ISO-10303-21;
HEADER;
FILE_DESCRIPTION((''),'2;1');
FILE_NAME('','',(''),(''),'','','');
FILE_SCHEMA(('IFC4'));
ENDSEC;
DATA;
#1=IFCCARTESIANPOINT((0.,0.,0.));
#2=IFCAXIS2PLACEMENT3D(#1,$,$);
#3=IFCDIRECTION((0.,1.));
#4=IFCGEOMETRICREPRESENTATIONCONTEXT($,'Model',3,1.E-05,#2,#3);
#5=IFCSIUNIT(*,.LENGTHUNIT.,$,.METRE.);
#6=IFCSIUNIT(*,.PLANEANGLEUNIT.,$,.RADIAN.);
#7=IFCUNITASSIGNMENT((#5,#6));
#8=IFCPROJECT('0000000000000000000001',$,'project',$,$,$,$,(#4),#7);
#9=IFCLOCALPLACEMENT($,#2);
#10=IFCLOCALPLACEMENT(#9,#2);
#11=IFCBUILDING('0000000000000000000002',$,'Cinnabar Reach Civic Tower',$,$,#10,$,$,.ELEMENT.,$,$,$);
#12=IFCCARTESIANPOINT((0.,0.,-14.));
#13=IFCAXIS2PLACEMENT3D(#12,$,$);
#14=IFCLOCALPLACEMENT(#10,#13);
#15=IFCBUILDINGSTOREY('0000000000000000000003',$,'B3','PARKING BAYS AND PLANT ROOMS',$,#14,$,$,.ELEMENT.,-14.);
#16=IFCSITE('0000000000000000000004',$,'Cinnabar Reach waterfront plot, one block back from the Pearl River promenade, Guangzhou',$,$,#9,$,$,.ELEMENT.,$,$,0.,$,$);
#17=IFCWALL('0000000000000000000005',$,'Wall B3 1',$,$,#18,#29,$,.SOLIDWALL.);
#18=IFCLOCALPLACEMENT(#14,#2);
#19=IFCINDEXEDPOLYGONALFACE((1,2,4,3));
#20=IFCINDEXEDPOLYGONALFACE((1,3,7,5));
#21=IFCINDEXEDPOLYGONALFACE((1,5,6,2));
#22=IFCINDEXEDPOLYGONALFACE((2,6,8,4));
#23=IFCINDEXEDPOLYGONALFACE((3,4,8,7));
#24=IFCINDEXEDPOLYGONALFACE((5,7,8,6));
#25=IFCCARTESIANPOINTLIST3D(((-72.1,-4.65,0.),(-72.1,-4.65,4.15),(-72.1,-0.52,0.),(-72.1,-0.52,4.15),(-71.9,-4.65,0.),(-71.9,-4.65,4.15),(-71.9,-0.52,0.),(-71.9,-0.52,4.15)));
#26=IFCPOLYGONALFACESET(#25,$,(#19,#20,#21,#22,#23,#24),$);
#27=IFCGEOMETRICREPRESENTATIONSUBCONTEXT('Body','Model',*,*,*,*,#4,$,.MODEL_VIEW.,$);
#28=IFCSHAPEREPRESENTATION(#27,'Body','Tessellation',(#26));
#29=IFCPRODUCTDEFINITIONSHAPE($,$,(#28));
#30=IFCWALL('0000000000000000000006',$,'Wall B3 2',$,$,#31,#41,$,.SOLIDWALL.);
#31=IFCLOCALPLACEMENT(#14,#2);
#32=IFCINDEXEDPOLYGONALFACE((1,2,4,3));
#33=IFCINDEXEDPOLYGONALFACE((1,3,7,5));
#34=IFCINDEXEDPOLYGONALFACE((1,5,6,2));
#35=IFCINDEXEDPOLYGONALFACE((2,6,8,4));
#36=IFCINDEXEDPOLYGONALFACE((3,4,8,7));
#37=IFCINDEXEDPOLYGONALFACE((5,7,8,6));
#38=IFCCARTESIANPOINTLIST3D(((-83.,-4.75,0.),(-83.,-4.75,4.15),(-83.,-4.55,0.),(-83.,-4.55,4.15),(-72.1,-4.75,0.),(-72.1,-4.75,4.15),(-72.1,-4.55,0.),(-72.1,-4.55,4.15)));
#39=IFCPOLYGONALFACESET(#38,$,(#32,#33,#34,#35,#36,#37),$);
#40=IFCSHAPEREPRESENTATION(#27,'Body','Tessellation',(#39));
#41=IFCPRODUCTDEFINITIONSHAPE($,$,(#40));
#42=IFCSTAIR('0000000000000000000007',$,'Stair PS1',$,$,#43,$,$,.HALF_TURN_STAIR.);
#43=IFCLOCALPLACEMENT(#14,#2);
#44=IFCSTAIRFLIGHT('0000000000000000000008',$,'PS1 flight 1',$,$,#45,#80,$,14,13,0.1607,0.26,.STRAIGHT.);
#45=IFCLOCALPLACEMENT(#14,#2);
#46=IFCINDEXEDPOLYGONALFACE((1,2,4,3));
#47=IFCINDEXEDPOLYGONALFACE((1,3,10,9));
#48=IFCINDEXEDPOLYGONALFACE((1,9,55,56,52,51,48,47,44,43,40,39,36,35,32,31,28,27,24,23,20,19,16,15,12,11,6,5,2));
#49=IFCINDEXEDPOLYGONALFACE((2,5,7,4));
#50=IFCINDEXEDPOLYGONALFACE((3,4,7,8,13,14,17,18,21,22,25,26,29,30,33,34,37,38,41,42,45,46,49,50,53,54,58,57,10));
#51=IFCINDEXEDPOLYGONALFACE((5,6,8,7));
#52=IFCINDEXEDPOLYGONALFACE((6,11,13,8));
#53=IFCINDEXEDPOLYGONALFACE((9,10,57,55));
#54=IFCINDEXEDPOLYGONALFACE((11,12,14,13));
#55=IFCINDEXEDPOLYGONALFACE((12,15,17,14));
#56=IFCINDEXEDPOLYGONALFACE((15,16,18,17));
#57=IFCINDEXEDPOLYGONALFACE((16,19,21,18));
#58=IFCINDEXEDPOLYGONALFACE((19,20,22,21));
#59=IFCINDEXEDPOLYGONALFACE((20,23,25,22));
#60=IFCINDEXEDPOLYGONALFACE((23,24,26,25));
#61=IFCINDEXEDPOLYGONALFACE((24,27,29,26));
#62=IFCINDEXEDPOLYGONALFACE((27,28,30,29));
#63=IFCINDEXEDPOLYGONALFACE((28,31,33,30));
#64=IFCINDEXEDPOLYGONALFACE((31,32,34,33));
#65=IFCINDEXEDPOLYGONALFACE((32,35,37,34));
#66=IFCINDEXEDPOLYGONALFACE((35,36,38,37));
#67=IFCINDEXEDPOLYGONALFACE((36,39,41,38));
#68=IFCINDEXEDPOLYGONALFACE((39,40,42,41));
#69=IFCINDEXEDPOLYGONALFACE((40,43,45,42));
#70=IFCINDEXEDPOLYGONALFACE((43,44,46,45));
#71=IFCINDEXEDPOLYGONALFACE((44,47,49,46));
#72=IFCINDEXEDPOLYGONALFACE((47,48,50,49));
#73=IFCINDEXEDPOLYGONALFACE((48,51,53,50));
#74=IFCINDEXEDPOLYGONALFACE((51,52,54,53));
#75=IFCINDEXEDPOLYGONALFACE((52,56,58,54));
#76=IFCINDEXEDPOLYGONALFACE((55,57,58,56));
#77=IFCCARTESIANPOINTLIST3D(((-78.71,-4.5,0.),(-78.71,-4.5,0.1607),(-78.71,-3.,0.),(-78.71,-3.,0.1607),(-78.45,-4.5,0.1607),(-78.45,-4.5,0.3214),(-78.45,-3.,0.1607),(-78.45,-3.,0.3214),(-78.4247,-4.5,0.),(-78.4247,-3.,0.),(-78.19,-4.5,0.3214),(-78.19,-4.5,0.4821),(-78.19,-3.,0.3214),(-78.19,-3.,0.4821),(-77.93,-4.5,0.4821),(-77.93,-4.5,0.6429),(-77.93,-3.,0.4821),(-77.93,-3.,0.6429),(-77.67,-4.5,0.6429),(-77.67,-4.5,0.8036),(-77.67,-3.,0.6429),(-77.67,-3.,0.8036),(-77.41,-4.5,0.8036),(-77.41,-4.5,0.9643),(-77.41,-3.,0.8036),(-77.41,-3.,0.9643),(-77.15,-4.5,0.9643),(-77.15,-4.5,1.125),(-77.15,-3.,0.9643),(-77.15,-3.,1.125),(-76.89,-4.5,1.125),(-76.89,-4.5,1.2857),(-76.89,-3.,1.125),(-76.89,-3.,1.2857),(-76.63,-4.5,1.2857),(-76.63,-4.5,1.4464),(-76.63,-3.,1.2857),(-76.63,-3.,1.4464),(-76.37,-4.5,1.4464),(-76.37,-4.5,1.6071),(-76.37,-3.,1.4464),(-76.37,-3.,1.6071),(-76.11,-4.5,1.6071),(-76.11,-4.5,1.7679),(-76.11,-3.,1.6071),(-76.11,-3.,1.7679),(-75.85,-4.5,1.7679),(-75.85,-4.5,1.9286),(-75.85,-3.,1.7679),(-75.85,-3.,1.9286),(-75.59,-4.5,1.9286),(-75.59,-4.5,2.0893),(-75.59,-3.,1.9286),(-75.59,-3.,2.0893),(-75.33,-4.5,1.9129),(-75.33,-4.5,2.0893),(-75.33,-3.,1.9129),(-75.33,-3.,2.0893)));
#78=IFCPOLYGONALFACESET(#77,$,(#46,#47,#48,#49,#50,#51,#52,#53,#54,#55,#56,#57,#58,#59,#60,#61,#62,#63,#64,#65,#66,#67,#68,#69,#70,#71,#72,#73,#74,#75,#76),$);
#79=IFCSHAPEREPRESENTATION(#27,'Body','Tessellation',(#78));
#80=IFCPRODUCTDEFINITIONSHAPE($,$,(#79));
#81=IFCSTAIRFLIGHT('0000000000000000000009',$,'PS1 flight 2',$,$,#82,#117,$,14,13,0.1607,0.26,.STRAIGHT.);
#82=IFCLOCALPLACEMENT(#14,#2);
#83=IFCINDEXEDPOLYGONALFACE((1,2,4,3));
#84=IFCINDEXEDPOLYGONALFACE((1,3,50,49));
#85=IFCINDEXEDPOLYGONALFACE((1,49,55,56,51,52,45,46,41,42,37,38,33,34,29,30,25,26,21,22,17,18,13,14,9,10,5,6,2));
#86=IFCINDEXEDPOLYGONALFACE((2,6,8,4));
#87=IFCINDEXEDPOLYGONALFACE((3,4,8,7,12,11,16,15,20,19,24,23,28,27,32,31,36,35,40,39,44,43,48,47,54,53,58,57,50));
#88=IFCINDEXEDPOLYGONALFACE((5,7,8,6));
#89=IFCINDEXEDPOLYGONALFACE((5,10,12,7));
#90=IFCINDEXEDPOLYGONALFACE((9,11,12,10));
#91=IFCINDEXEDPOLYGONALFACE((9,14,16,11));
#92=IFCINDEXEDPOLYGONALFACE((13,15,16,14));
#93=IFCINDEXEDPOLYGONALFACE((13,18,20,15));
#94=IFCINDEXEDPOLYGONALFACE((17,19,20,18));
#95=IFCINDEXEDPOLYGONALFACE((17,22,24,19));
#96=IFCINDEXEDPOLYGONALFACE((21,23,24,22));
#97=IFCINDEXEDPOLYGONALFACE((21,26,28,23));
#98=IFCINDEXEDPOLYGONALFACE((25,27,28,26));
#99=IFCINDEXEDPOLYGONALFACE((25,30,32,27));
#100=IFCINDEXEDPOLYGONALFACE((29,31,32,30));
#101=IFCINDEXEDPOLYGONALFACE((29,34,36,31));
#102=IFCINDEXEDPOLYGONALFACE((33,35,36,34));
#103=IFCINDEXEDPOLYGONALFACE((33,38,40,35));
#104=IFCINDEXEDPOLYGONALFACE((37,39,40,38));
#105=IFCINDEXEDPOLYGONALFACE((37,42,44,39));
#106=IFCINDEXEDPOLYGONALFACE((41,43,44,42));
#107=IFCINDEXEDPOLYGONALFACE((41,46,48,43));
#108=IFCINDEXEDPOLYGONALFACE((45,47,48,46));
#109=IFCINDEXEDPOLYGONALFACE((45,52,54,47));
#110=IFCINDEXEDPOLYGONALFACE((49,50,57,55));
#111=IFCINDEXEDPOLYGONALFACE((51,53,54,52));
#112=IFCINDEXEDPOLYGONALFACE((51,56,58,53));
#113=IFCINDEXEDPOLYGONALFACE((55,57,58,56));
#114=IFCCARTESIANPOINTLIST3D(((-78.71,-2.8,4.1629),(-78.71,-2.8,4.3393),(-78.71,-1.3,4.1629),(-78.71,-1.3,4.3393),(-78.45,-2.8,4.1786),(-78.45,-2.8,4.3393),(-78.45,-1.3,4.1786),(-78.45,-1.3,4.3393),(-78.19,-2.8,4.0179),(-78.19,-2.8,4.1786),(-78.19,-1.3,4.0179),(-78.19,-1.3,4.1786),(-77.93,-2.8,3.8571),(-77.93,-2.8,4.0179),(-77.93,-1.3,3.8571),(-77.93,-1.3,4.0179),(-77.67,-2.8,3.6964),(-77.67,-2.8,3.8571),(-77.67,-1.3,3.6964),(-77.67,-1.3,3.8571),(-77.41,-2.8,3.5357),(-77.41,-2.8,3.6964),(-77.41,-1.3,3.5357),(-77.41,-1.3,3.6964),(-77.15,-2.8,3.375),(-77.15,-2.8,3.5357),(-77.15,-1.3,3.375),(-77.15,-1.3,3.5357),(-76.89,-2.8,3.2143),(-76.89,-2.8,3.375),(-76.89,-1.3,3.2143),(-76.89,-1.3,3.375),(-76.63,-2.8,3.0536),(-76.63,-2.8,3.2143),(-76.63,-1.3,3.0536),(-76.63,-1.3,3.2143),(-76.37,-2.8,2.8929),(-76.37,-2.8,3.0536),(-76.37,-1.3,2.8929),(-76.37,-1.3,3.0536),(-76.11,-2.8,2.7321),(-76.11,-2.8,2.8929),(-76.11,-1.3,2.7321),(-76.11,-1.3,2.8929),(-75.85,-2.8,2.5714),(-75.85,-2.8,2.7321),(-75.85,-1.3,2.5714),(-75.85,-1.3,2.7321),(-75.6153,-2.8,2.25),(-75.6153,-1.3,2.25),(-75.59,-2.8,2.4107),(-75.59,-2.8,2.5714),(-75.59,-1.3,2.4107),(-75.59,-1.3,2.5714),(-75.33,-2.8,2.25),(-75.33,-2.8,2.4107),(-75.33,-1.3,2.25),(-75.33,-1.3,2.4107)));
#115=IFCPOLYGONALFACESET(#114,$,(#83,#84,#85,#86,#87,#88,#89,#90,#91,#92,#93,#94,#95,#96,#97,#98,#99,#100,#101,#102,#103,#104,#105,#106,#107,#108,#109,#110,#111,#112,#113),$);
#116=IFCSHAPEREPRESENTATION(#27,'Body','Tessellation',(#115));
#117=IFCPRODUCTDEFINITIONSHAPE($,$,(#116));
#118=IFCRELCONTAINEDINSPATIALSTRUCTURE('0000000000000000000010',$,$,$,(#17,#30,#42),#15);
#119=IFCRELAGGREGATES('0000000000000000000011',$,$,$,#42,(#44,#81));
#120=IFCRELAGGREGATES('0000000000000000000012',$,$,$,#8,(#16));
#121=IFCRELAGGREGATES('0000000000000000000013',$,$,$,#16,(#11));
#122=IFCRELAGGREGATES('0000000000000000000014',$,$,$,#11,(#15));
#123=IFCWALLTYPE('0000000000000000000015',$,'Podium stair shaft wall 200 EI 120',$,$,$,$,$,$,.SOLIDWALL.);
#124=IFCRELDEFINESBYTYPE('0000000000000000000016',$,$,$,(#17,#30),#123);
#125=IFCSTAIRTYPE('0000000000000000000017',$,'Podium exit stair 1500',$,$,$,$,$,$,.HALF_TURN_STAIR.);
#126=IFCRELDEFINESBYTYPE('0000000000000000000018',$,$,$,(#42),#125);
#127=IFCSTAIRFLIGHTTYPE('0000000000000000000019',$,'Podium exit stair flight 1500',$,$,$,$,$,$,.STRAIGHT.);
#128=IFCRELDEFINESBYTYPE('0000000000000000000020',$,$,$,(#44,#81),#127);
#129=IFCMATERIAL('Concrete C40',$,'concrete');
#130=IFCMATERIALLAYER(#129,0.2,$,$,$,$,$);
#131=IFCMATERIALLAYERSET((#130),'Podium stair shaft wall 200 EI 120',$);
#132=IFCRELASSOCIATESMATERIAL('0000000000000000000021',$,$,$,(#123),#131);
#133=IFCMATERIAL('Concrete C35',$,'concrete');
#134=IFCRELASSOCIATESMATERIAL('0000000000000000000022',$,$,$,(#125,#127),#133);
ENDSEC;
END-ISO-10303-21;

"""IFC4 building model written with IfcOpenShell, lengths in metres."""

from ifc_helpers import new_model, si_unit, direction, frame, frame_2d, origin, place, context, subcontext, project, spatial, polyline, rectangle, outline, extrude, material, layer, layer_set, type_object, element, aggregate, save


model = new_model("IFC4")

# Units and contexts
model_context = context("Model", 3, precision=1e-05, world=origin(), true_north=direction((0.0, 1.0)))
body_context = subcontext(model_context, "Body", "Model", "MODEL_VIEW")
ifc_project = project(units=[si_unit("LENGTHUNIT", "METRE"), si_unit("PLANEANGLEUNIT", "RADIAN")], contexts=[model_context])

# Site, building, storey
site_placement = place(None, origin())
site = spatial("IfcSite", under=ifc_project, at=site_placement, Name="Cinnabar Reach waterfront plot, one block back from the Pearl River promenade, Guangzhou", CompositionType="ELEMENT", RefElevation=0.0)
building_placement = place(site_placement, origin())
building = spatial("IfcBuilding", under=site, at=building_placement, Name="Cinnabar Reach Civic Tower", CompositionType="ELEMENT")
storey_placement = place(building_placement, frame((0.0, 0.0, -14.0)))
storey = spatial("IfcBuildingStorey", under=building, at=storey_placement, Name="B3", Description="PARKING BAYS AND PLANT ROOMS", CompositionType="ELEMENT", Elevation=-14.0)

# Shared definitions
ifc_material_1 = material(Name="Concrete C40", Category="concrete")

# Walls
ifc_layer_1 = layer(ifc_material_1, 0.2)
ifc_layer_set_1 = layer_set([ifc_layer_1], Name="Podium stair shaft wall 200 EI 120")
wall_type_1 = type_object("IfcWallType", Name="Podium stair shaft wall 200 EI 120", PredefinedType="SOLIDWALL", material=ifc_layer_set_1)
wall_1_placement = place(storey_placement, frame((-72.0, -4.65, 0.0), z_axis=(0.0, 0.0, 1.0), x_axis=(0.0, 1.0, 0.0)))
element("IfcWall", 1, at=wall_1_placement, inside=storey, type_object=wall_type_1, Name="Wall B3 1", PredefinedType="SOLIDWALL", context=body_context, shape_type="SweptSolid", body=[
    extrude(rectangle(XDim=4.13, YDim=0.2, at=frame_2d((2.065, 0.0))), origin(), (0.0, 0.0, 1.0), 4.15),
])
wall_2_placement = place(storey_placement, frame((-83.0, -4.65, 0.0), z_axis=(0.0, 0.0, 1.0), x_axis=(1.0, 0.0, 0.0)))
element("IfcWall", 2, at=wall_2_placement, inside=storey, type_object=wall_type_1, Name="Wall B3 2", PredefinedType="SOLIDWALL", context=body_context, shape_type="SweptSolid", body=[
    extrude(rectangle(XDim=10.9, YDim=0.2, at=frame_2d((5.45, 0.0))), origin(), (0.0, 0.0, 1.0), 4.15),
])

# Stair, stair flights
ifc_material_2 = material(Name="Concrete C35", Category="concrete")
stair_type = type_object("IfcStairType", Name="Podium exit stair 1500", PredefinedType="HALF_TURN_STAIR", material=ifc_material_2)
stair_placement = place(storey_placement, origin())
stair = element("IfcStair", 3, at=stair_placement, inside=storey, type_object=stair_type, Name="Stair PS1", PredefinedType="HALF_TURN_STAIR")
stair_flight_type = type_object("IfcStairFlightType", Name="Podium exit stair flight 1500", PredefinedType="STRAIGHT", material=ifc_material_2)
stair_flight_1_placement = place(storey_placement, frame((-78.71, -3.75, 0.0), z_axis=(0.0, 0.0, 1.0), x_axis=(1.0, 0.0, 0.0)))
stair_flight_1 = element("IfcStairFlight", 4, at=stair_flight_1_placement, type_object=stair_flight_type, Name="PS1 flight 1", NumberOfRisers=14, NumberOfTreads=13, PredefinedType="STRAIGHT", RiserHeight=0.1607, TreadLength=0.26, context=body_context, shape_type="SweptSolid", body=[
    extrude(outline(polyline([(0.0, 0.0), (0.0, 0.1607), (0.26, 0.1607), (0.26, 0.3214), (0.52, 0.3214), (0.52, 0.4821), (0.78, 0.4821), (0.78, 0.6429), (1.04, 0.6429), (1.04, 0.8036), (1.3, 0.8036), (1.3, 0.9643), (1.56, 0.9643), (1.56, 1.125), (1.82, 1.125), (1.82, 1.2857), (2.08, 1.2857), (2.08, 1.4464), (2.34, 1.4464), (2.34, 1.6071), (2.6, 1.6071), (2.6, 1.7679), (2.86, 1.7679), (2.86, 1.9286), (3.12, 1.9286), (3.12, 2.0893), (3.38, 2.0893), (3.38, 2.25), (3.38, 1.9129), (0.2853, 0.0), (0.0, 0.0)])), frame((0.0, 0.75, 0.0), z_axis=(0.0, -1.0, 0.0), x_axis=(1.0, 0.0, 0.0)), (0.0, 0.0, 1.0), 1.5),
])
stair_flight_2_placement = place(storey_placement, frame((-75.33, -2.05, 2.25), z_axis=(0.0, 0.0, 1.0), x_axis=(-1.0, 0.0, 0.0)))
stair_flight_2 = element("IfcStairFlight", 5, at=stair_flight_2_placement, type_object=stair_flight_type, Name="PS1 flight 2", NumberOfRisers=14, NumberOfTreads=13, PredefinedType="STRAIGHT", RiserHeight=0.1607, TreadLength=0.26, context=body_context, shape_type="SweptSolid", body=[
    extrude(outline(polyline([(0.0, 0.0), (0.0, 0.1607), (0.26, 0.1607), (0.26, 0.3214), (0.52, 0.3214), (0.52, 0.4821), (0.78, 0.4821), (0.78, 0.6429), (1.04, 0.6429), (1.04, 0.8036), (1.3, 0.8036), (1.3, 0.9643), (1.56, 0.9643), (1.56, 1.125), (1.82, 1.125), (1.82, 1.2857), (2.08, 1.2857), (2.08, 1.4464), (2.34, 1.4464), (2.34, 1.6071), (2.6, 1.6071), (2.6, 1.7679), (2.86, 1.7679), (2.86, 1.9286), (3.12, 1.9286), (3.12, 2.0893), (3.38, 2.0893), (3.38, 2.25), (3.38, 1.9129), (0.2853, 0.0), (0.0, 0.0)])), frame((0.0, 0.75, 0.0), z_axis=(0.0, -1.0, 0.0), x_axis=(1.0, 0.0, 0.0)), (0.0, 0.0, 1.0), 1.5),
])
aggregate(stair, [stair_flight_1, stair_flight_2])

save(model, "model.ifc")
